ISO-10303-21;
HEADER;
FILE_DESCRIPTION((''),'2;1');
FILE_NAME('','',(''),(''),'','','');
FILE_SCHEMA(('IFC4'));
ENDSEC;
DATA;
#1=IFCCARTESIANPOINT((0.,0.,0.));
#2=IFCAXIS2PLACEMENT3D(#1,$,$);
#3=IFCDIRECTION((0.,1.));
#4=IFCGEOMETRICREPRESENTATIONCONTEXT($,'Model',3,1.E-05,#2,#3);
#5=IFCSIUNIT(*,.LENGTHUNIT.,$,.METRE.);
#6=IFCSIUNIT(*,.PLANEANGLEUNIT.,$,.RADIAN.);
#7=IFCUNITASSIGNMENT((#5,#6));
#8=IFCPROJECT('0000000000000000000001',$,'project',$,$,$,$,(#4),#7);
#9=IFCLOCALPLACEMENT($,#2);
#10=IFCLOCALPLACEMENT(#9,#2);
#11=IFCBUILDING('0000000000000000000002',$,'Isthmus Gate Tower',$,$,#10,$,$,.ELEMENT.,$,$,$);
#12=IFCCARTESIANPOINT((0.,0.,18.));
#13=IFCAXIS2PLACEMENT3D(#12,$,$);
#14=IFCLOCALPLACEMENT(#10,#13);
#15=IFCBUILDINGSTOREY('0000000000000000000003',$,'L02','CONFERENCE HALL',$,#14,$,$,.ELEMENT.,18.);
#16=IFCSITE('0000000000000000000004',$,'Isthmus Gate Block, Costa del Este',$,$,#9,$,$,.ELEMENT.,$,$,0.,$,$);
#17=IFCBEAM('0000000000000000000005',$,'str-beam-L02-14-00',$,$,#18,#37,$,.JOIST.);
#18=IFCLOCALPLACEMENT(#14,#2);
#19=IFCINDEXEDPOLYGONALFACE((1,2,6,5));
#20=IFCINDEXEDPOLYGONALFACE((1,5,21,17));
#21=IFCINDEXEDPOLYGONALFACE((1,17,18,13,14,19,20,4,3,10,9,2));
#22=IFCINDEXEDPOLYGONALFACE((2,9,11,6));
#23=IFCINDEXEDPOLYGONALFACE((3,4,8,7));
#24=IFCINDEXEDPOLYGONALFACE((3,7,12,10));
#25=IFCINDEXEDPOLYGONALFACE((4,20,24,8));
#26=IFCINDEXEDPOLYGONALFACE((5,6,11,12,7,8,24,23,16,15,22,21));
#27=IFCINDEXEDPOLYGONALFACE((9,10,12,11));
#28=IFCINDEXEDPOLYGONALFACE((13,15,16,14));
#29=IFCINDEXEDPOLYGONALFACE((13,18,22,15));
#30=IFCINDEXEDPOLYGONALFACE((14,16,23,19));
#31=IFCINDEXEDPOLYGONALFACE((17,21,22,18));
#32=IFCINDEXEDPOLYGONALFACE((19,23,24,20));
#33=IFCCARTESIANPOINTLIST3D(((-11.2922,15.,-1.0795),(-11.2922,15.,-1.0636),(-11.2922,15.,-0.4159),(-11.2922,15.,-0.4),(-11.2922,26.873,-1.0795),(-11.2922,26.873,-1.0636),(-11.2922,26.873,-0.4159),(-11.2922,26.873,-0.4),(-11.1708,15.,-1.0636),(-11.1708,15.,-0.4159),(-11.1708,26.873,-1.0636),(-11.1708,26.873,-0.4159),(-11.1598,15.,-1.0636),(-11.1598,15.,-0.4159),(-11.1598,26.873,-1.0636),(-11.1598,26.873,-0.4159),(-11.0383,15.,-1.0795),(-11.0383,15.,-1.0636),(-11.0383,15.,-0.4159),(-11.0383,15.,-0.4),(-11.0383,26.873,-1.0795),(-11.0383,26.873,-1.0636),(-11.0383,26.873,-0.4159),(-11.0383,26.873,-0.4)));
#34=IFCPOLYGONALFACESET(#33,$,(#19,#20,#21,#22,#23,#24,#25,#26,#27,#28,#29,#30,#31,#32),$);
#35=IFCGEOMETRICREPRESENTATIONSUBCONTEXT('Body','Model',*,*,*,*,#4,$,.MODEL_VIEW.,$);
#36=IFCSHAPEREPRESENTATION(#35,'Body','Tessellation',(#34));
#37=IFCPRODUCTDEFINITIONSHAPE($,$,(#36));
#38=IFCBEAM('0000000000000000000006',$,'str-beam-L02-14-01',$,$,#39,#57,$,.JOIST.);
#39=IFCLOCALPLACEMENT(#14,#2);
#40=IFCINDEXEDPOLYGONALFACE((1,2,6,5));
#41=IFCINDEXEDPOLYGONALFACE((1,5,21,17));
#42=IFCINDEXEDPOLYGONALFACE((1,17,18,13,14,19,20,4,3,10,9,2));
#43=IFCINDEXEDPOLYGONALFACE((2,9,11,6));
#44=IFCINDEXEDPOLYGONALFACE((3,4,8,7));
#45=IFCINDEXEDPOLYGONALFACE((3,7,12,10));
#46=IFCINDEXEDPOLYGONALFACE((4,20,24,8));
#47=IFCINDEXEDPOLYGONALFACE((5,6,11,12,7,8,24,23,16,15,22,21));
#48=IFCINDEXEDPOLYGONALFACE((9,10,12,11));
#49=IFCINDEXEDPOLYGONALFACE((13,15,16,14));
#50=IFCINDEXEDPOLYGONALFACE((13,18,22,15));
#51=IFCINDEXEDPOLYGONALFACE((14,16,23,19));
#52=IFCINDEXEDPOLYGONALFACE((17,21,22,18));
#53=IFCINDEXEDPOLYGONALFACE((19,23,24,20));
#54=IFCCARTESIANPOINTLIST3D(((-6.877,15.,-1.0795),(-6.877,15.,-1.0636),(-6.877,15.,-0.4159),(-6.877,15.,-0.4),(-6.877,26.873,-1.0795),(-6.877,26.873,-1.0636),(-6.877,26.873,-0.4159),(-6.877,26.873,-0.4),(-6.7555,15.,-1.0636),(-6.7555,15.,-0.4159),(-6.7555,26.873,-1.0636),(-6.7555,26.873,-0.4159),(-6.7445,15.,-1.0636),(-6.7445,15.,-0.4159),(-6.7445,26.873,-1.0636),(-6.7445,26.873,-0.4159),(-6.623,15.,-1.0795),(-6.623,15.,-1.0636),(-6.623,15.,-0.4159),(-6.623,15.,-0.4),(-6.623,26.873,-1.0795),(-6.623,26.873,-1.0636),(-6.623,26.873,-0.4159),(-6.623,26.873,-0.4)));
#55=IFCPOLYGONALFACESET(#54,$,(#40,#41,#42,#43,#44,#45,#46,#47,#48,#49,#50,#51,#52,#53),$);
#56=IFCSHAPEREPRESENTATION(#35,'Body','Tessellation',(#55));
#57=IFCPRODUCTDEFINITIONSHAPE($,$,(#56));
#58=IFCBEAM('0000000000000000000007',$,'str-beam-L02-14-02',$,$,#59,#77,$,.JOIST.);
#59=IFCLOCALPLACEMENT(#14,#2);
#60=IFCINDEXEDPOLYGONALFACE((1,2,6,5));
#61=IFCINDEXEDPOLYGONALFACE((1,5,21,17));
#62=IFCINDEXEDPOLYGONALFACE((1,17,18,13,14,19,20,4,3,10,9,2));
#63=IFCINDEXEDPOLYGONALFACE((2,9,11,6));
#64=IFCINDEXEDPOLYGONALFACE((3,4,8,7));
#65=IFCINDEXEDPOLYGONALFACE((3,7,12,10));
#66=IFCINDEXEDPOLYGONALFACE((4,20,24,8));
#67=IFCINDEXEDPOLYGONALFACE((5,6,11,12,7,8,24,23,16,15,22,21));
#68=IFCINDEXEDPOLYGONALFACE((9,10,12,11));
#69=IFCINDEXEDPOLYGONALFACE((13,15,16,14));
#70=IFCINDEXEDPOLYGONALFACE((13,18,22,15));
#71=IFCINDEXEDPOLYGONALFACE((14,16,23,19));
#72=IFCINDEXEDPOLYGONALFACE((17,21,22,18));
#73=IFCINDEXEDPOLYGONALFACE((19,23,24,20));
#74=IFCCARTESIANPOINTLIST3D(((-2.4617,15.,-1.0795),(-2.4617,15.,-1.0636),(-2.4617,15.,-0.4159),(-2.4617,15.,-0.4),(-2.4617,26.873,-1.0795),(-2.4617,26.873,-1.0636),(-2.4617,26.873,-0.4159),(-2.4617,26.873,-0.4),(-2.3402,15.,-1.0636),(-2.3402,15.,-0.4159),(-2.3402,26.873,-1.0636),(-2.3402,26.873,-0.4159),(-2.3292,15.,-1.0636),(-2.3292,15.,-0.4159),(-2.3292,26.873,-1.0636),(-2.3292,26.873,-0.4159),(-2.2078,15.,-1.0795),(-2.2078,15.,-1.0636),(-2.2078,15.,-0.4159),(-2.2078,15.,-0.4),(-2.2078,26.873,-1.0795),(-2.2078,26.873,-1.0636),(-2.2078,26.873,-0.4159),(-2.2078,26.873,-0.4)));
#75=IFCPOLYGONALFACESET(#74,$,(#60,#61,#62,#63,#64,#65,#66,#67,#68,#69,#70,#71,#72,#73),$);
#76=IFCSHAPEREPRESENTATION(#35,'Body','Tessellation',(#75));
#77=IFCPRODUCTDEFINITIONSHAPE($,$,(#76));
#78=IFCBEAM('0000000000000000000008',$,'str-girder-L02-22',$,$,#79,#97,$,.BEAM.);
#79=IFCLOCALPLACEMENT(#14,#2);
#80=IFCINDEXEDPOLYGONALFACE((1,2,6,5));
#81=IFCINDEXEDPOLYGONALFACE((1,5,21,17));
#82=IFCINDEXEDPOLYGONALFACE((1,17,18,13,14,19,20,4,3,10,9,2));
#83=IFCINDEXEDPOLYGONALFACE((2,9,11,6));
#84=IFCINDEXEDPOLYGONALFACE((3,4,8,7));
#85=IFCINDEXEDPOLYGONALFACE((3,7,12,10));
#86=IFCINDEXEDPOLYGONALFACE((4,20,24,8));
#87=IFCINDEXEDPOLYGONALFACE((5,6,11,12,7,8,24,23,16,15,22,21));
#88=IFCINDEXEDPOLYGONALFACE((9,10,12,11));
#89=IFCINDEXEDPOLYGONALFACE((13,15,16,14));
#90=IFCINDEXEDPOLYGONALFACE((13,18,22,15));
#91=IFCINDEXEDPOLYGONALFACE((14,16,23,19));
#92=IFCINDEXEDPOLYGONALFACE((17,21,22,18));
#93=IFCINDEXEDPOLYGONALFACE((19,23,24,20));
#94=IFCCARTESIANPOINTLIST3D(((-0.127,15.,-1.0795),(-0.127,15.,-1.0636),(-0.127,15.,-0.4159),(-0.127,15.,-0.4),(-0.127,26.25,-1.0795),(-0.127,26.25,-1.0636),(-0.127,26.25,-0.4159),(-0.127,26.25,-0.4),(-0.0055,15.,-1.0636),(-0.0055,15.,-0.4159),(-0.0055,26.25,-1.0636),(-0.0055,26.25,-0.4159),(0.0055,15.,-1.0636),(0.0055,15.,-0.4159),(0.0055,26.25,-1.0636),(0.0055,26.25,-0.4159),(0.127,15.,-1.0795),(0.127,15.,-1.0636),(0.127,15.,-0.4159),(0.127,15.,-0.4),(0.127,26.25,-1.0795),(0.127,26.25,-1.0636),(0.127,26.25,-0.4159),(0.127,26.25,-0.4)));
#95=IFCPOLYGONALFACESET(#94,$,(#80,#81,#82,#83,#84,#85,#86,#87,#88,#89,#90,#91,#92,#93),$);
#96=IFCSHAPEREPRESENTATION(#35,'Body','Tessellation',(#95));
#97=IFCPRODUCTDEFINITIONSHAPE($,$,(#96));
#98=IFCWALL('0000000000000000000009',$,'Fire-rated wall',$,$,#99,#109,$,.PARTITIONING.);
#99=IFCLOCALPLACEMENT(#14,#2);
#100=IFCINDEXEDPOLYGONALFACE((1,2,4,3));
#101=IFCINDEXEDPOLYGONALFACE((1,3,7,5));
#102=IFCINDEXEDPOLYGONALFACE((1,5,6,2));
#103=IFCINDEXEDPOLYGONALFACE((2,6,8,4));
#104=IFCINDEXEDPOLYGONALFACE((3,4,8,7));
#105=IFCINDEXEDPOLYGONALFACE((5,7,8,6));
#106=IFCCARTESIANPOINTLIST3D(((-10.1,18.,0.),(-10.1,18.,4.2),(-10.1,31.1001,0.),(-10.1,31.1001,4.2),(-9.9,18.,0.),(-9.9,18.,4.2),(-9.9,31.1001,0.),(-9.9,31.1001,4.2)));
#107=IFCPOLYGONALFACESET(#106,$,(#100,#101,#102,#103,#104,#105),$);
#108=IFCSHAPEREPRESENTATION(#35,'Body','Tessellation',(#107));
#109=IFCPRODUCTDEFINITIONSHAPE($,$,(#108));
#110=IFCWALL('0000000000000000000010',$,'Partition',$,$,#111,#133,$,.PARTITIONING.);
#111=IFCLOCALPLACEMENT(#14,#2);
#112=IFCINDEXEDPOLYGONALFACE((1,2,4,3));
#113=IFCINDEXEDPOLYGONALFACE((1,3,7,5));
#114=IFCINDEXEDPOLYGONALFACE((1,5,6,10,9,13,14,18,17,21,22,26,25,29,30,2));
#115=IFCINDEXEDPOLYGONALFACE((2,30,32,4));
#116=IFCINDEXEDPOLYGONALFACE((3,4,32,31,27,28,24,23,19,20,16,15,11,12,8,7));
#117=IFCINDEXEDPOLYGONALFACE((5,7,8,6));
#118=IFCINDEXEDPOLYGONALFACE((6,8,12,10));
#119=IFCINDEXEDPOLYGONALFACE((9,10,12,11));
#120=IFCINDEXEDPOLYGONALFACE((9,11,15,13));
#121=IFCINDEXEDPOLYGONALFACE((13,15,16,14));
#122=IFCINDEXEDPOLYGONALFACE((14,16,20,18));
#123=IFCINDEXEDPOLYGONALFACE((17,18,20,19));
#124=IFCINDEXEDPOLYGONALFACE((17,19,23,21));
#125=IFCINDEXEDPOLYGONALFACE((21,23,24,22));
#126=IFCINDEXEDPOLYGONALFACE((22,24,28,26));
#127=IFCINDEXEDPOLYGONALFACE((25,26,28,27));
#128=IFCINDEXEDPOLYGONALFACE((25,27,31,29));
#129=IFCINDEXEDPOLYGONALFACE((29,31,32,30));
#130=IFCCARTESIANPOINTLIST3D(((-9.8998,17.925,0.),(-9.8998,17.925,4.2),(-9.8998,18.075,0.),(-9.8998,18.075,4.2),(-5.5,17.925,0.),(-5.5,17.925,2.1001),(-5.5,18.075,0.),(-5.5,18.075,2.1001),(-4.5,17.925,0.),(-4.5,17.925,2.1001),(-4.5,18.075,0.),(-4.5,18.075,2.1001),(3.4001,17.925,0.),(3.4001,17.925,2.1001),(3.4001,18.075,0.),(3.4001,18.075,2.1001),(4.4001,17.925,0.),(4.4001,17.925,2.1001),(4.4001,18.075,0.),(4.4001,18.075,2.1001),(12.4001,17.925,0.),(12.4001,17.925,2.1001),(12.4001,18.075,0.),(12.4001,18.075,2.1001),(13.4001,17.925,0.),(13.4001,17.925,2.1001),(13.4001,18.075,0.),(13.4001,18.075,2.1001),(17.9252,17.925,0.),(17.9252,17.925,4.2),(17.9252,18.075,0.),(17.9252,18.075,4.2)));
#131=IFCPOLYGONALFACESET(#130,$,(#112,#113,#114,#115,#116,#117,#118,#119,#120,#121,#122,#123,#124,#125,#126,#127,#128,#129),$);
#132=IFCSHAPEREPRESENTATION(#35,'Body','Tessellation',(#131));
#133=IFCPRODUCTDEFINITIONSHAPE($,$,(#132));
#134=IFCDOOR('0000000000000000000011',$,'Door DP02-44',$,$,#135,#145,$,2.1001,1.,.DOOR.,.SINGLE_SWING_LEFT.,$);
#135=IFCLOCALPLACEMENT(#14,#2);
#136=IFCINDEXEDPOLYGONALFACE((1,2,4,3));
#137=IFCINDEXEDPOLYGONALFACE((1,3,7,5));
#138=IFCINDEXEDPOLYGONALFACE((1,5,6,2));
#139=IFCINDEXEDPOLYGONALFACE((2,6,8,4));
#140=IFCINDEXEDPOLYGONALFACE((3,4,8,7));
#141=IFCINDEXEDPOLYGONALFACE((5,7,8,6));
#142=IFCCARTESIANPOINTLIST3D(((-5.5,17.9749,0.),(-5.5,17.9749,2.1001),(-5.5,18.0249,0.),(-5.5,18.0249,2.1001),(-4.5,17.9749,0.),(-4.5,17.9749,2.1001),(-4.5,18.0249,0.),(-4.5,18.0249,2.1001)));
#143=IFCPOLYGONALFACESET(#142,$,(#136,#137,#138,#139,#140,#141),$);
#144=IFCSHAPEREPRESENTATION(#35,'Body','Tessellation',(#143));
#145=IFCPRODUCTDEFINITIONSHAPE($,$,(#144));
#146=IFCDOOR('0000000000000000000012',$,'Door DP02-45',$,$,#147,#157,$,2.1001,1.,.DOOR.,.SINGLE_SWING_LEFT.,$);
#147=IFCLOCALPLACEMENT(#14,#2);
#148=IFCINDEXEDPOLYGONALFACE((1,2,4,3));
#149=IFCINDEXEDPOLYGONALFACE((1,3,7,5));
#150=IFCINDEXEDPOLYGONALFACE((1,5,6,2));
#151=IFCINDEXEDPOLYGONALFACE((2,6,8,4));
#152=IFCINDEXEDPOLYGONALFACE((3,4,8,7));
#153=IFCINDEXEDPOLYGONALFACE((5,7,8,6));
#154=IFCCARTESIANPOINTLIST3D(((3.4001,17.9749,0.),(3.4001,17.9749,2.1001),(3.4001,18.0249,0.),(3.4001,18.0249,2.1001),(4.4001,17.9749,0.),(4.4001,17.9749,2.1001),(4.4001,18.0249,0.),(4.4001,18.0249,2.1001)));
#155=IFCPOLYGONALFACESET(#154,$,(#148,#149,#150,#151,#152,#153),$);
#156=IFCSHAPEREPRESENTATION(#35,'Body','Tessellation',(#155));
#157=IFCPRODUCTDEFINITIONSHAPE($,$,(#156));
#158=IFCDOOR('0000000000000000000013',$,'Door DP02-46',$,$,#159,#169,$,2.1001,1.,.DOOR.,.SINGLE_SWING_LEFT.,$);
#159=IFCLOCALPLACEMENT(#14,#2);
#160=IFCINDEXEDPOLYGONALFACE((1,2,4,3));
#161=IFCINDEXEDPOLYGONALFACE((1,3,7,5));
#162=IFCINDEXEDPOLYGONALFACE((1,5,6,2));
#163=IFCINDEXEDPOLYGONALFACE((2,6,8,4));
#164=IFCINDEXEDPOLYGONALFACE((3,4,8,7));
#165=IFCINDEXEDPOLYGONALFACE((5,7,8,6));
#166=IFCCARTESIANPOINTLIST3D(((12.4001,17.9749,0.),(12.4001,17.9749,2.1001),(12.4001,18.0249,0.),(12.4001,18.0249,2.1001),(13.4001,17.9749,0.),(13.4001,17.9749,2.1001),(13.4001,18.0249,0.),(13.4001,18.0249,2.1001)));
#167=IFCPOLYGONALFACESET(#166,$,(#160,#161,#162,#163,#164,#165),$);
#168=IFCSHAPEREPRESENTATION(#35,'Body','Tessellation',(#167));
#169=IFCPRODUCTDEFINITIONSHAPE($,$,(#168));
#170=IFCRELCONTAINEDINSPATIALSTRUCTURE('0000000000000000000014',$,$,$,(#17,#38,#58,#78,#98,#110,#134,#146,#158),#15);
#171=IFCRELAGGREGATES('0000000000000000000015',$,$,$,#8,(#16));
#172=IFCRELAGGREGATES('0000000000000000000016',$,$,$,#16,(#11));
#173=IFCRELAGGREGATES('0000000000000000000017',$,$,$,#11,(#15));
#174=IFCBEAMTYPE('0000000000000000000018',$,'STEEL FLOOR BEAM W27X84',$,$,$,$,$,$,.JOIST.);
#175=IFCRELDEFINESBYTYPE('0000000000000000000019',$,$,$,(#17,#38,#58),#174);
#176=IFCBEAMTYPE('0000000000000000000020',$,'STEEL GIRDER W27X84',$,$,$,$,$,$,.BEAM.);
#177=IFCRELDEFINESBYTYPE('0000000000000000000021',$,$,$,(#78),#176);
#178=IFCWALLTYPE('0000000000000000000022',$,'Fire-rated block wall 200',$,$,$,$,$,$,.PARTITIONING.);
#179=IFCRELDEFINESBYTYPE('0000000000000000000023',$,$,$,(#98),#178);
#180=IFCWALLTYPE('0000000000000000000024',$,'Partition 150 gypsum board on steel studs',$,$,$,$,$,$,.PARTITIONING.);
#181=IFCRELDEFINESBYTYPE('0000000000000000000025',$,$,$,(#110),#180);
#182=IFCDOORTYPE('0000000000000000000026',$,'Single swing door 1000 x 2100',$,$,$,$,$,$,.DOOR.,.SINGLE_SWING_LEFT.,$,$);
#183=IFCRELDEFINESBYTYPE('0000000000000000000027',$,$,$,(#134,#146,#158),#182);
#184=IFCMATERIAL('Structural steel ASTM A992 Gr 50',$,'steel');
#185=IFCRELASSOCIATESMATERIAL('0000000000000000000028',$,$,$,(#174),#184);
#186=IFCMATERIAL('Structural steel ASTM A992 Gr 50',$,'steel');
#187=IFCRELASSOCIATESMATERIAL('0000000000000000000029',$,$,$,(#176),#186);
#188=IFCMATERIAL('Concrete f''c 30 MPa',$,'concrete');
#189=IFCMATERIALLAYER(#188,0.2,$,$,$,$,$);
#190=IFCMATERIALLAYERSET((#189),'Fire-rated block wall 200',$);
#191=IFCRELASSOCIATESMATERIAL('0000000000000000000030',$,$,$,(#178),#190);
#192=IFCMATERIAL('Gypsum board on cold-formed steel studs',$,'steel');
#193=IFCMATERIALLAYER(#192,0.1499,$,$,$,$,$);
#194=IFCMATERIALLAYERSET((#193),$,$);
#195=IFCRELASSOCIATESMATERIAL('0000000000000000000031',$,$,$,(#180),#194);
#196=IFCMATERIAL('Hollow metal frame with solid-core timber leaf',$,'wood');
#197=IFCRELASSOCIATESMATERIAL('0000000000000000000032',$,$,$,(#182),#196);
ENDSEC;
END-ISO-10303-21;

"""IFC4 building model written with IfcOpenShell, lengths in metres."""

from ifc_helpers import new_model, si_unit, direction, frame, frame_2d, origin, origin_2d, place, context, subcontext, project, spatial, rectangle, i_section, extrude, material, layer, layer_set, material_profile, profile_set, type_object, element, fill, save


model = new_model("IFC4")

# Units and contexts
model_context = context("Model", 3, precision=1e-05, world=origin(), true_north=direction((0.0, 1.0)))
body_context = subcontext(model_context, "Body", "Model", "MODEL_VIEW")
ifc_project = project(units=[si_unit("LENGTHUNIT", "METRE"), si_unit("PLANEANGLEUNIT", "RADIAN")], contexts=[model_context])

# Site, building, storey
site_placement = place(None, origin())
site = spatial("IfcSite", under=ifc_project, at=site_placement, Name="Isthmus Gate Block, Costa del Este", CompositionType="ELEMENT", RefElevation=0.0)
building_placement = place(site_placement, origin())
building = spatial("IfcBuilding", under=site, at=building_placement, Name="Isthmus Gate Tower", CompositionType="ELEMENT")
storey_placement = place(building_placement, frame((0.0, 0.0, 18.0)))
storey = spatial("IfcBuildingStorey", under=building, at=storey_placement, Name="L02", Description="CONFERENCE HALL", CompositionType="ELEMENT", Elevation=18.0)

# Beams
ifc_material_1 = material(Name="Structural steel ASTM A992 Gr 50", Category="steel")
ifc_material_profile_1 = material_profile(ifc_material_1, i_section(OverallWidth=0.2539, OverallDepth=0.6794, WebThickness=0.011, FlangeThickness=0.0159, at=origin_2d()), Name="W27X84")
ifc_profile_set_1 = profile_set([ifc_material_profile_1], Name="Structural steel ASTM A992 Gr 50")
beam_type_1 = type_object("IfcBeamType", Name="STEEL FLOOR BEAM W27X84", PredefinedType="JOIST", material=ifc_profile_set_1)
for number, where, z_axis, x_axis, name in (
    (1, (-11.1653, 15.0, -0.7397), (0.0, 1.0, 0.0), (-1.0, 0.0, 0.0), "str-beam-L02-14-00"),
    (2, (-6.75, 15.0, -0.7397), (0.0, 1.0, 0.0), (-1.0, 0.0, 0.0), "str-beam-L02-14-01"),
    (3, (-2.3347, 15.0, -0.7397), (0.0, 1.0, 0.0), (-1.0, 0.0, 0.0), "str-beam-L02-14-02"),
):
    element("IfcBeam", number, at=place(storey_placement, frame(where, z_axis=z_axis, x_axis=x_axis)), inside=storey, type_object=beam_type_1, Name=name, PredefinedType="JOIST", context=body_context, shape_type="SweptSolid", body=[
        extrude(i_section(OverallWidth=0.2539, OverallDepth=0.6794, WebThickness=0.011, FlangeThickness=0.0159, at=origin_2d()), origin(), (0.0, 0.0, 1.0), 11.873),
    ])
ifc_material_2 = material(Name="Structural steel ASTM A992 Gr 50", Category="steel")
ifc_material_profile_2 = material_profile(ifc_material_2, i_section(OverallWidth=0.2539, OverallDepth=0.6794, WebThickness=0.011, FlangeThickness=0.0159, at=origin_2d()), Name="W27X84")
ifc_profile_set_2 = profile_set([ifc_material_profile_2], Name="Structural steel ASTM A992 Gr 50")
beam_type_2 = type_object("IfcBeamType", Name="STEEL GIRDER W27X84", PredefinedType="BEAM", material=ifc_profile_set_2)
beam_placement = place(storey_placement, frame((0.0, 15.0, -0.7397), z_axis=(0.0, 1.0, 0.0), x_axis=(-1.0, 0.0, 0.0)))
element("IfcBeam", 4, at=beam_placement, inside=storey, type_object=beam_type_2, Name="str-girder-L02-22", PredefinedType="BEAM", context=body_context, shape_type="SweptSolid", body=[
    extrude(i_section(OverallWidth=0.2539, OverallDepth=0.6794, WebThickness=0.011, FlangeThickness=0.0159, at=origin_2d()), origin(), (0.0, 0.0, 1.0), 11.25),
])

# Wall
ifc_material_3 = material(Name="Concrete f'c 30 MPa", Category="concrete")
ifc_layer_1 = layer(ifc_material_3, 0.2)
ifc_layer_set_1 = layer_set([ifc_layer_1], Name="Fire-rated block wall 200")
wall_type_1 = type_object("IfcWallType", Name="Fire-rated block wall 200", PredefinedType="PARTITIONING", material=ifc_layer_set_1)
wall_1_placement = place(storey_placement, frame((-10.0, 18.0, 0.0), z_axis=(0.0, 0.0, 1.0), x_axis=(0.0, 1.0, 0.0)))
element("IfcWall", 5, at=wall_1_placement, inside=storey, type_object=wall_type_1, Name="Fire-rated wall", PredefinedType="PARTITIONING", context=body_context, shape_type="SweptSolid", body=[
    extrude(rectangle(XDim=13.1001, YDim=0.2, at=frame_2d((6.55, 0.0))), origin(), (0.0, 0.0, 1.0), 4.2),
])

# Wall, openings, doors
ifc_material_4 = material(Name="Gypsum board on cold-formed steel studs", Category="steel")
ifc_layer_2 = layer(ifc_material_4, 0.1499)
ifc_layer_set_2 = layer_set([ifc_layer_2])
wall_type_2 = type_object("IfcWallType", Name="Partition 150 gypsum board on steel studs", PredefinedType="PARTITIONING", material=ifc_layer_set_2)
wall_2_placement = place(storey_placement, frame((-9.8999, 18.0, 0.0), z_axis=(0.0, 0.0, 1.0), x_axis=(1.0, 0.0, 0.0)))
wall_2 = element("IfcWall", 6, at=wall_2_placement, inside=storey, type_object=wall_type_2, Name="Partition", PredefinedType="PARTITIONING", context=body_context, shape_type="SweptSolid", body=[
    extrude(rectangle(XDim=27.825, YDim=0.1499, at=frame_2d((13.9126, 0.0))), origin(), (0.0, 0.0, 1.0), 4.2),
])
opening_1_placement = place(wall_2_placement, frame((4.3999, 0.0, 0.0)))
opening_1 = element("IfcOpeningElement", 7, at=opening_1_placement, cuts=wall_2, PredefinedType="OPENING", context=body_context, shape_type="SweptSolid", body=[
    extrude(rectangle(XDim=1.0, YDim=2.1001, at=frame_2d((0.5, 1.05))), frame((0.0, 0.085, 0.0), z_axis=(0.0, -1.0, 0.0), x_axis=(1.0, 0.0, 0.0)), (0.0, 0.0, 1.0), 0.1699),
])
opening_2_placement = place(wall_2_placement, frame((13.3, 0.0, 0.0)))
opening_2 = element("IfcOpeningElement", 8, at=opening_2_placement, cuts=wall_2, PredefinedType="OPENING", context=body_context, shape_type="SweptSolid", body=[
    extrude(rectangle(XDim=1.0, YDim=2.1001, at=frame_2d((0.5, 1.05))), frame((0.0, 0.085, 0.0), z_axis=(0.0, -1.0, 0.0), x_axis=(1.0, 0.0, 0.0)), (0.0, 0.0, 1.0), 0.1699),
])
opening_3_placement = place(wall_2_placement, frame((22.3, 0.0, 0.0)))
opening_3 = element("IfcOpeningElement", 9, at=opening_3_placement, cuts=wall_2, PredefinedType="OPENING", context=body_context, shape_type="SweptSolid", body=[
    extrude(rectangle(XDim=1.0, YDim=2.1001, at=frame_2d((0.5, 1.05))), frame((0.0, 0.085, 0.0), z_axis=(0.0, -1.0, 0.0), x_axis=(1.0, 0.0, 0.0)), (0.0, 0.0, 1.0), 0.1699),
])
ifc_material_5 = material(Name="Hollow metal frame with solid-core timber leaf", Category="wood")
door_type_1 = type_object("IfcDoorType", Name="Single swing door 1000 x 2100", OperationType="SINGLE_SWING_LEFT", PredefinedType="DOOR", material=ifc_material_5)
door_1_placement = place(opening_1_placement, origin())
door_1 = element("IfcDoor", 10, at=door_1_placement, inside=storey, type_object=door_type_1, Name="Door DP02-44", OperationType="SINGLE_SWING_LEFT", OverallHeight=2.1001, OverallWidth=1.0, PredefinedType="DOOR", context=body_context, shape_type="SweptSolid", body=[
    extrude(rectangle(XDim=1.0, YDim=2.1001, at=frame_2d((0.5, 1.05))), frame((0.0, 0.0249, 0.0), z_axis=(0.0, -1.0, 0.0), x_axis=(1.0, 0.0, 0.0)), (0.0, 0.0, 1.0), 0.05),
])
fill(opening_1, door_1)
door_2_placement = place(opening_2_placement, origin())
door_2 = element("IfcDoor", 11, at=door_2_placement, inside=storey, type_object=door_type_1, Name="Door DP02-45", OperationType="SINGLE_SWING_LEFT", OverallHeight=2.1001, OverallWidth=1.0, PredefinedType="DOOR", context=body_context, shape_type="SweptSolid", body=[
    extrude(rectangle(XDim=1.0, YDim=2.1001, at=frame_2d((0.5, 1.05))), frame((0.0, 0.0249, 0.0), z_axis=(0.0, -1.0, 0.0), x_axis=(1.0, 0.0, 0.0)), (0.0, 0.0, 1.0), 0.05),
])
fill(opening_2, door_2)
door_3_placement = place(opening_3_placement, origin())
door_3 = element("IfcDoor", 12, at=door_3_placement, inside=storey, type_object=door_type_1, Name="Door DP02-46", OperationType="SINGLE_SWING_LEFT", OverallHeight=2.1001, OverallWidth=1.0, PredefinedType="DOOR", context=body_context, shape_type="SweptSolid", body=[
    extrude(rectangle(XDim=1.0, YDim=2.1001, at=frame_2d((0.5, 1.05))), frame((0.0, 0.0249, 0.0), z_axis=(0.0, -1.0, 0.0), x_axis=(1.0, 0.0, 0.0)), (0.0, 0.0, 1.0), 0.05),
])
fill(opening_3, door_3)

save(model, "model.ifc")
